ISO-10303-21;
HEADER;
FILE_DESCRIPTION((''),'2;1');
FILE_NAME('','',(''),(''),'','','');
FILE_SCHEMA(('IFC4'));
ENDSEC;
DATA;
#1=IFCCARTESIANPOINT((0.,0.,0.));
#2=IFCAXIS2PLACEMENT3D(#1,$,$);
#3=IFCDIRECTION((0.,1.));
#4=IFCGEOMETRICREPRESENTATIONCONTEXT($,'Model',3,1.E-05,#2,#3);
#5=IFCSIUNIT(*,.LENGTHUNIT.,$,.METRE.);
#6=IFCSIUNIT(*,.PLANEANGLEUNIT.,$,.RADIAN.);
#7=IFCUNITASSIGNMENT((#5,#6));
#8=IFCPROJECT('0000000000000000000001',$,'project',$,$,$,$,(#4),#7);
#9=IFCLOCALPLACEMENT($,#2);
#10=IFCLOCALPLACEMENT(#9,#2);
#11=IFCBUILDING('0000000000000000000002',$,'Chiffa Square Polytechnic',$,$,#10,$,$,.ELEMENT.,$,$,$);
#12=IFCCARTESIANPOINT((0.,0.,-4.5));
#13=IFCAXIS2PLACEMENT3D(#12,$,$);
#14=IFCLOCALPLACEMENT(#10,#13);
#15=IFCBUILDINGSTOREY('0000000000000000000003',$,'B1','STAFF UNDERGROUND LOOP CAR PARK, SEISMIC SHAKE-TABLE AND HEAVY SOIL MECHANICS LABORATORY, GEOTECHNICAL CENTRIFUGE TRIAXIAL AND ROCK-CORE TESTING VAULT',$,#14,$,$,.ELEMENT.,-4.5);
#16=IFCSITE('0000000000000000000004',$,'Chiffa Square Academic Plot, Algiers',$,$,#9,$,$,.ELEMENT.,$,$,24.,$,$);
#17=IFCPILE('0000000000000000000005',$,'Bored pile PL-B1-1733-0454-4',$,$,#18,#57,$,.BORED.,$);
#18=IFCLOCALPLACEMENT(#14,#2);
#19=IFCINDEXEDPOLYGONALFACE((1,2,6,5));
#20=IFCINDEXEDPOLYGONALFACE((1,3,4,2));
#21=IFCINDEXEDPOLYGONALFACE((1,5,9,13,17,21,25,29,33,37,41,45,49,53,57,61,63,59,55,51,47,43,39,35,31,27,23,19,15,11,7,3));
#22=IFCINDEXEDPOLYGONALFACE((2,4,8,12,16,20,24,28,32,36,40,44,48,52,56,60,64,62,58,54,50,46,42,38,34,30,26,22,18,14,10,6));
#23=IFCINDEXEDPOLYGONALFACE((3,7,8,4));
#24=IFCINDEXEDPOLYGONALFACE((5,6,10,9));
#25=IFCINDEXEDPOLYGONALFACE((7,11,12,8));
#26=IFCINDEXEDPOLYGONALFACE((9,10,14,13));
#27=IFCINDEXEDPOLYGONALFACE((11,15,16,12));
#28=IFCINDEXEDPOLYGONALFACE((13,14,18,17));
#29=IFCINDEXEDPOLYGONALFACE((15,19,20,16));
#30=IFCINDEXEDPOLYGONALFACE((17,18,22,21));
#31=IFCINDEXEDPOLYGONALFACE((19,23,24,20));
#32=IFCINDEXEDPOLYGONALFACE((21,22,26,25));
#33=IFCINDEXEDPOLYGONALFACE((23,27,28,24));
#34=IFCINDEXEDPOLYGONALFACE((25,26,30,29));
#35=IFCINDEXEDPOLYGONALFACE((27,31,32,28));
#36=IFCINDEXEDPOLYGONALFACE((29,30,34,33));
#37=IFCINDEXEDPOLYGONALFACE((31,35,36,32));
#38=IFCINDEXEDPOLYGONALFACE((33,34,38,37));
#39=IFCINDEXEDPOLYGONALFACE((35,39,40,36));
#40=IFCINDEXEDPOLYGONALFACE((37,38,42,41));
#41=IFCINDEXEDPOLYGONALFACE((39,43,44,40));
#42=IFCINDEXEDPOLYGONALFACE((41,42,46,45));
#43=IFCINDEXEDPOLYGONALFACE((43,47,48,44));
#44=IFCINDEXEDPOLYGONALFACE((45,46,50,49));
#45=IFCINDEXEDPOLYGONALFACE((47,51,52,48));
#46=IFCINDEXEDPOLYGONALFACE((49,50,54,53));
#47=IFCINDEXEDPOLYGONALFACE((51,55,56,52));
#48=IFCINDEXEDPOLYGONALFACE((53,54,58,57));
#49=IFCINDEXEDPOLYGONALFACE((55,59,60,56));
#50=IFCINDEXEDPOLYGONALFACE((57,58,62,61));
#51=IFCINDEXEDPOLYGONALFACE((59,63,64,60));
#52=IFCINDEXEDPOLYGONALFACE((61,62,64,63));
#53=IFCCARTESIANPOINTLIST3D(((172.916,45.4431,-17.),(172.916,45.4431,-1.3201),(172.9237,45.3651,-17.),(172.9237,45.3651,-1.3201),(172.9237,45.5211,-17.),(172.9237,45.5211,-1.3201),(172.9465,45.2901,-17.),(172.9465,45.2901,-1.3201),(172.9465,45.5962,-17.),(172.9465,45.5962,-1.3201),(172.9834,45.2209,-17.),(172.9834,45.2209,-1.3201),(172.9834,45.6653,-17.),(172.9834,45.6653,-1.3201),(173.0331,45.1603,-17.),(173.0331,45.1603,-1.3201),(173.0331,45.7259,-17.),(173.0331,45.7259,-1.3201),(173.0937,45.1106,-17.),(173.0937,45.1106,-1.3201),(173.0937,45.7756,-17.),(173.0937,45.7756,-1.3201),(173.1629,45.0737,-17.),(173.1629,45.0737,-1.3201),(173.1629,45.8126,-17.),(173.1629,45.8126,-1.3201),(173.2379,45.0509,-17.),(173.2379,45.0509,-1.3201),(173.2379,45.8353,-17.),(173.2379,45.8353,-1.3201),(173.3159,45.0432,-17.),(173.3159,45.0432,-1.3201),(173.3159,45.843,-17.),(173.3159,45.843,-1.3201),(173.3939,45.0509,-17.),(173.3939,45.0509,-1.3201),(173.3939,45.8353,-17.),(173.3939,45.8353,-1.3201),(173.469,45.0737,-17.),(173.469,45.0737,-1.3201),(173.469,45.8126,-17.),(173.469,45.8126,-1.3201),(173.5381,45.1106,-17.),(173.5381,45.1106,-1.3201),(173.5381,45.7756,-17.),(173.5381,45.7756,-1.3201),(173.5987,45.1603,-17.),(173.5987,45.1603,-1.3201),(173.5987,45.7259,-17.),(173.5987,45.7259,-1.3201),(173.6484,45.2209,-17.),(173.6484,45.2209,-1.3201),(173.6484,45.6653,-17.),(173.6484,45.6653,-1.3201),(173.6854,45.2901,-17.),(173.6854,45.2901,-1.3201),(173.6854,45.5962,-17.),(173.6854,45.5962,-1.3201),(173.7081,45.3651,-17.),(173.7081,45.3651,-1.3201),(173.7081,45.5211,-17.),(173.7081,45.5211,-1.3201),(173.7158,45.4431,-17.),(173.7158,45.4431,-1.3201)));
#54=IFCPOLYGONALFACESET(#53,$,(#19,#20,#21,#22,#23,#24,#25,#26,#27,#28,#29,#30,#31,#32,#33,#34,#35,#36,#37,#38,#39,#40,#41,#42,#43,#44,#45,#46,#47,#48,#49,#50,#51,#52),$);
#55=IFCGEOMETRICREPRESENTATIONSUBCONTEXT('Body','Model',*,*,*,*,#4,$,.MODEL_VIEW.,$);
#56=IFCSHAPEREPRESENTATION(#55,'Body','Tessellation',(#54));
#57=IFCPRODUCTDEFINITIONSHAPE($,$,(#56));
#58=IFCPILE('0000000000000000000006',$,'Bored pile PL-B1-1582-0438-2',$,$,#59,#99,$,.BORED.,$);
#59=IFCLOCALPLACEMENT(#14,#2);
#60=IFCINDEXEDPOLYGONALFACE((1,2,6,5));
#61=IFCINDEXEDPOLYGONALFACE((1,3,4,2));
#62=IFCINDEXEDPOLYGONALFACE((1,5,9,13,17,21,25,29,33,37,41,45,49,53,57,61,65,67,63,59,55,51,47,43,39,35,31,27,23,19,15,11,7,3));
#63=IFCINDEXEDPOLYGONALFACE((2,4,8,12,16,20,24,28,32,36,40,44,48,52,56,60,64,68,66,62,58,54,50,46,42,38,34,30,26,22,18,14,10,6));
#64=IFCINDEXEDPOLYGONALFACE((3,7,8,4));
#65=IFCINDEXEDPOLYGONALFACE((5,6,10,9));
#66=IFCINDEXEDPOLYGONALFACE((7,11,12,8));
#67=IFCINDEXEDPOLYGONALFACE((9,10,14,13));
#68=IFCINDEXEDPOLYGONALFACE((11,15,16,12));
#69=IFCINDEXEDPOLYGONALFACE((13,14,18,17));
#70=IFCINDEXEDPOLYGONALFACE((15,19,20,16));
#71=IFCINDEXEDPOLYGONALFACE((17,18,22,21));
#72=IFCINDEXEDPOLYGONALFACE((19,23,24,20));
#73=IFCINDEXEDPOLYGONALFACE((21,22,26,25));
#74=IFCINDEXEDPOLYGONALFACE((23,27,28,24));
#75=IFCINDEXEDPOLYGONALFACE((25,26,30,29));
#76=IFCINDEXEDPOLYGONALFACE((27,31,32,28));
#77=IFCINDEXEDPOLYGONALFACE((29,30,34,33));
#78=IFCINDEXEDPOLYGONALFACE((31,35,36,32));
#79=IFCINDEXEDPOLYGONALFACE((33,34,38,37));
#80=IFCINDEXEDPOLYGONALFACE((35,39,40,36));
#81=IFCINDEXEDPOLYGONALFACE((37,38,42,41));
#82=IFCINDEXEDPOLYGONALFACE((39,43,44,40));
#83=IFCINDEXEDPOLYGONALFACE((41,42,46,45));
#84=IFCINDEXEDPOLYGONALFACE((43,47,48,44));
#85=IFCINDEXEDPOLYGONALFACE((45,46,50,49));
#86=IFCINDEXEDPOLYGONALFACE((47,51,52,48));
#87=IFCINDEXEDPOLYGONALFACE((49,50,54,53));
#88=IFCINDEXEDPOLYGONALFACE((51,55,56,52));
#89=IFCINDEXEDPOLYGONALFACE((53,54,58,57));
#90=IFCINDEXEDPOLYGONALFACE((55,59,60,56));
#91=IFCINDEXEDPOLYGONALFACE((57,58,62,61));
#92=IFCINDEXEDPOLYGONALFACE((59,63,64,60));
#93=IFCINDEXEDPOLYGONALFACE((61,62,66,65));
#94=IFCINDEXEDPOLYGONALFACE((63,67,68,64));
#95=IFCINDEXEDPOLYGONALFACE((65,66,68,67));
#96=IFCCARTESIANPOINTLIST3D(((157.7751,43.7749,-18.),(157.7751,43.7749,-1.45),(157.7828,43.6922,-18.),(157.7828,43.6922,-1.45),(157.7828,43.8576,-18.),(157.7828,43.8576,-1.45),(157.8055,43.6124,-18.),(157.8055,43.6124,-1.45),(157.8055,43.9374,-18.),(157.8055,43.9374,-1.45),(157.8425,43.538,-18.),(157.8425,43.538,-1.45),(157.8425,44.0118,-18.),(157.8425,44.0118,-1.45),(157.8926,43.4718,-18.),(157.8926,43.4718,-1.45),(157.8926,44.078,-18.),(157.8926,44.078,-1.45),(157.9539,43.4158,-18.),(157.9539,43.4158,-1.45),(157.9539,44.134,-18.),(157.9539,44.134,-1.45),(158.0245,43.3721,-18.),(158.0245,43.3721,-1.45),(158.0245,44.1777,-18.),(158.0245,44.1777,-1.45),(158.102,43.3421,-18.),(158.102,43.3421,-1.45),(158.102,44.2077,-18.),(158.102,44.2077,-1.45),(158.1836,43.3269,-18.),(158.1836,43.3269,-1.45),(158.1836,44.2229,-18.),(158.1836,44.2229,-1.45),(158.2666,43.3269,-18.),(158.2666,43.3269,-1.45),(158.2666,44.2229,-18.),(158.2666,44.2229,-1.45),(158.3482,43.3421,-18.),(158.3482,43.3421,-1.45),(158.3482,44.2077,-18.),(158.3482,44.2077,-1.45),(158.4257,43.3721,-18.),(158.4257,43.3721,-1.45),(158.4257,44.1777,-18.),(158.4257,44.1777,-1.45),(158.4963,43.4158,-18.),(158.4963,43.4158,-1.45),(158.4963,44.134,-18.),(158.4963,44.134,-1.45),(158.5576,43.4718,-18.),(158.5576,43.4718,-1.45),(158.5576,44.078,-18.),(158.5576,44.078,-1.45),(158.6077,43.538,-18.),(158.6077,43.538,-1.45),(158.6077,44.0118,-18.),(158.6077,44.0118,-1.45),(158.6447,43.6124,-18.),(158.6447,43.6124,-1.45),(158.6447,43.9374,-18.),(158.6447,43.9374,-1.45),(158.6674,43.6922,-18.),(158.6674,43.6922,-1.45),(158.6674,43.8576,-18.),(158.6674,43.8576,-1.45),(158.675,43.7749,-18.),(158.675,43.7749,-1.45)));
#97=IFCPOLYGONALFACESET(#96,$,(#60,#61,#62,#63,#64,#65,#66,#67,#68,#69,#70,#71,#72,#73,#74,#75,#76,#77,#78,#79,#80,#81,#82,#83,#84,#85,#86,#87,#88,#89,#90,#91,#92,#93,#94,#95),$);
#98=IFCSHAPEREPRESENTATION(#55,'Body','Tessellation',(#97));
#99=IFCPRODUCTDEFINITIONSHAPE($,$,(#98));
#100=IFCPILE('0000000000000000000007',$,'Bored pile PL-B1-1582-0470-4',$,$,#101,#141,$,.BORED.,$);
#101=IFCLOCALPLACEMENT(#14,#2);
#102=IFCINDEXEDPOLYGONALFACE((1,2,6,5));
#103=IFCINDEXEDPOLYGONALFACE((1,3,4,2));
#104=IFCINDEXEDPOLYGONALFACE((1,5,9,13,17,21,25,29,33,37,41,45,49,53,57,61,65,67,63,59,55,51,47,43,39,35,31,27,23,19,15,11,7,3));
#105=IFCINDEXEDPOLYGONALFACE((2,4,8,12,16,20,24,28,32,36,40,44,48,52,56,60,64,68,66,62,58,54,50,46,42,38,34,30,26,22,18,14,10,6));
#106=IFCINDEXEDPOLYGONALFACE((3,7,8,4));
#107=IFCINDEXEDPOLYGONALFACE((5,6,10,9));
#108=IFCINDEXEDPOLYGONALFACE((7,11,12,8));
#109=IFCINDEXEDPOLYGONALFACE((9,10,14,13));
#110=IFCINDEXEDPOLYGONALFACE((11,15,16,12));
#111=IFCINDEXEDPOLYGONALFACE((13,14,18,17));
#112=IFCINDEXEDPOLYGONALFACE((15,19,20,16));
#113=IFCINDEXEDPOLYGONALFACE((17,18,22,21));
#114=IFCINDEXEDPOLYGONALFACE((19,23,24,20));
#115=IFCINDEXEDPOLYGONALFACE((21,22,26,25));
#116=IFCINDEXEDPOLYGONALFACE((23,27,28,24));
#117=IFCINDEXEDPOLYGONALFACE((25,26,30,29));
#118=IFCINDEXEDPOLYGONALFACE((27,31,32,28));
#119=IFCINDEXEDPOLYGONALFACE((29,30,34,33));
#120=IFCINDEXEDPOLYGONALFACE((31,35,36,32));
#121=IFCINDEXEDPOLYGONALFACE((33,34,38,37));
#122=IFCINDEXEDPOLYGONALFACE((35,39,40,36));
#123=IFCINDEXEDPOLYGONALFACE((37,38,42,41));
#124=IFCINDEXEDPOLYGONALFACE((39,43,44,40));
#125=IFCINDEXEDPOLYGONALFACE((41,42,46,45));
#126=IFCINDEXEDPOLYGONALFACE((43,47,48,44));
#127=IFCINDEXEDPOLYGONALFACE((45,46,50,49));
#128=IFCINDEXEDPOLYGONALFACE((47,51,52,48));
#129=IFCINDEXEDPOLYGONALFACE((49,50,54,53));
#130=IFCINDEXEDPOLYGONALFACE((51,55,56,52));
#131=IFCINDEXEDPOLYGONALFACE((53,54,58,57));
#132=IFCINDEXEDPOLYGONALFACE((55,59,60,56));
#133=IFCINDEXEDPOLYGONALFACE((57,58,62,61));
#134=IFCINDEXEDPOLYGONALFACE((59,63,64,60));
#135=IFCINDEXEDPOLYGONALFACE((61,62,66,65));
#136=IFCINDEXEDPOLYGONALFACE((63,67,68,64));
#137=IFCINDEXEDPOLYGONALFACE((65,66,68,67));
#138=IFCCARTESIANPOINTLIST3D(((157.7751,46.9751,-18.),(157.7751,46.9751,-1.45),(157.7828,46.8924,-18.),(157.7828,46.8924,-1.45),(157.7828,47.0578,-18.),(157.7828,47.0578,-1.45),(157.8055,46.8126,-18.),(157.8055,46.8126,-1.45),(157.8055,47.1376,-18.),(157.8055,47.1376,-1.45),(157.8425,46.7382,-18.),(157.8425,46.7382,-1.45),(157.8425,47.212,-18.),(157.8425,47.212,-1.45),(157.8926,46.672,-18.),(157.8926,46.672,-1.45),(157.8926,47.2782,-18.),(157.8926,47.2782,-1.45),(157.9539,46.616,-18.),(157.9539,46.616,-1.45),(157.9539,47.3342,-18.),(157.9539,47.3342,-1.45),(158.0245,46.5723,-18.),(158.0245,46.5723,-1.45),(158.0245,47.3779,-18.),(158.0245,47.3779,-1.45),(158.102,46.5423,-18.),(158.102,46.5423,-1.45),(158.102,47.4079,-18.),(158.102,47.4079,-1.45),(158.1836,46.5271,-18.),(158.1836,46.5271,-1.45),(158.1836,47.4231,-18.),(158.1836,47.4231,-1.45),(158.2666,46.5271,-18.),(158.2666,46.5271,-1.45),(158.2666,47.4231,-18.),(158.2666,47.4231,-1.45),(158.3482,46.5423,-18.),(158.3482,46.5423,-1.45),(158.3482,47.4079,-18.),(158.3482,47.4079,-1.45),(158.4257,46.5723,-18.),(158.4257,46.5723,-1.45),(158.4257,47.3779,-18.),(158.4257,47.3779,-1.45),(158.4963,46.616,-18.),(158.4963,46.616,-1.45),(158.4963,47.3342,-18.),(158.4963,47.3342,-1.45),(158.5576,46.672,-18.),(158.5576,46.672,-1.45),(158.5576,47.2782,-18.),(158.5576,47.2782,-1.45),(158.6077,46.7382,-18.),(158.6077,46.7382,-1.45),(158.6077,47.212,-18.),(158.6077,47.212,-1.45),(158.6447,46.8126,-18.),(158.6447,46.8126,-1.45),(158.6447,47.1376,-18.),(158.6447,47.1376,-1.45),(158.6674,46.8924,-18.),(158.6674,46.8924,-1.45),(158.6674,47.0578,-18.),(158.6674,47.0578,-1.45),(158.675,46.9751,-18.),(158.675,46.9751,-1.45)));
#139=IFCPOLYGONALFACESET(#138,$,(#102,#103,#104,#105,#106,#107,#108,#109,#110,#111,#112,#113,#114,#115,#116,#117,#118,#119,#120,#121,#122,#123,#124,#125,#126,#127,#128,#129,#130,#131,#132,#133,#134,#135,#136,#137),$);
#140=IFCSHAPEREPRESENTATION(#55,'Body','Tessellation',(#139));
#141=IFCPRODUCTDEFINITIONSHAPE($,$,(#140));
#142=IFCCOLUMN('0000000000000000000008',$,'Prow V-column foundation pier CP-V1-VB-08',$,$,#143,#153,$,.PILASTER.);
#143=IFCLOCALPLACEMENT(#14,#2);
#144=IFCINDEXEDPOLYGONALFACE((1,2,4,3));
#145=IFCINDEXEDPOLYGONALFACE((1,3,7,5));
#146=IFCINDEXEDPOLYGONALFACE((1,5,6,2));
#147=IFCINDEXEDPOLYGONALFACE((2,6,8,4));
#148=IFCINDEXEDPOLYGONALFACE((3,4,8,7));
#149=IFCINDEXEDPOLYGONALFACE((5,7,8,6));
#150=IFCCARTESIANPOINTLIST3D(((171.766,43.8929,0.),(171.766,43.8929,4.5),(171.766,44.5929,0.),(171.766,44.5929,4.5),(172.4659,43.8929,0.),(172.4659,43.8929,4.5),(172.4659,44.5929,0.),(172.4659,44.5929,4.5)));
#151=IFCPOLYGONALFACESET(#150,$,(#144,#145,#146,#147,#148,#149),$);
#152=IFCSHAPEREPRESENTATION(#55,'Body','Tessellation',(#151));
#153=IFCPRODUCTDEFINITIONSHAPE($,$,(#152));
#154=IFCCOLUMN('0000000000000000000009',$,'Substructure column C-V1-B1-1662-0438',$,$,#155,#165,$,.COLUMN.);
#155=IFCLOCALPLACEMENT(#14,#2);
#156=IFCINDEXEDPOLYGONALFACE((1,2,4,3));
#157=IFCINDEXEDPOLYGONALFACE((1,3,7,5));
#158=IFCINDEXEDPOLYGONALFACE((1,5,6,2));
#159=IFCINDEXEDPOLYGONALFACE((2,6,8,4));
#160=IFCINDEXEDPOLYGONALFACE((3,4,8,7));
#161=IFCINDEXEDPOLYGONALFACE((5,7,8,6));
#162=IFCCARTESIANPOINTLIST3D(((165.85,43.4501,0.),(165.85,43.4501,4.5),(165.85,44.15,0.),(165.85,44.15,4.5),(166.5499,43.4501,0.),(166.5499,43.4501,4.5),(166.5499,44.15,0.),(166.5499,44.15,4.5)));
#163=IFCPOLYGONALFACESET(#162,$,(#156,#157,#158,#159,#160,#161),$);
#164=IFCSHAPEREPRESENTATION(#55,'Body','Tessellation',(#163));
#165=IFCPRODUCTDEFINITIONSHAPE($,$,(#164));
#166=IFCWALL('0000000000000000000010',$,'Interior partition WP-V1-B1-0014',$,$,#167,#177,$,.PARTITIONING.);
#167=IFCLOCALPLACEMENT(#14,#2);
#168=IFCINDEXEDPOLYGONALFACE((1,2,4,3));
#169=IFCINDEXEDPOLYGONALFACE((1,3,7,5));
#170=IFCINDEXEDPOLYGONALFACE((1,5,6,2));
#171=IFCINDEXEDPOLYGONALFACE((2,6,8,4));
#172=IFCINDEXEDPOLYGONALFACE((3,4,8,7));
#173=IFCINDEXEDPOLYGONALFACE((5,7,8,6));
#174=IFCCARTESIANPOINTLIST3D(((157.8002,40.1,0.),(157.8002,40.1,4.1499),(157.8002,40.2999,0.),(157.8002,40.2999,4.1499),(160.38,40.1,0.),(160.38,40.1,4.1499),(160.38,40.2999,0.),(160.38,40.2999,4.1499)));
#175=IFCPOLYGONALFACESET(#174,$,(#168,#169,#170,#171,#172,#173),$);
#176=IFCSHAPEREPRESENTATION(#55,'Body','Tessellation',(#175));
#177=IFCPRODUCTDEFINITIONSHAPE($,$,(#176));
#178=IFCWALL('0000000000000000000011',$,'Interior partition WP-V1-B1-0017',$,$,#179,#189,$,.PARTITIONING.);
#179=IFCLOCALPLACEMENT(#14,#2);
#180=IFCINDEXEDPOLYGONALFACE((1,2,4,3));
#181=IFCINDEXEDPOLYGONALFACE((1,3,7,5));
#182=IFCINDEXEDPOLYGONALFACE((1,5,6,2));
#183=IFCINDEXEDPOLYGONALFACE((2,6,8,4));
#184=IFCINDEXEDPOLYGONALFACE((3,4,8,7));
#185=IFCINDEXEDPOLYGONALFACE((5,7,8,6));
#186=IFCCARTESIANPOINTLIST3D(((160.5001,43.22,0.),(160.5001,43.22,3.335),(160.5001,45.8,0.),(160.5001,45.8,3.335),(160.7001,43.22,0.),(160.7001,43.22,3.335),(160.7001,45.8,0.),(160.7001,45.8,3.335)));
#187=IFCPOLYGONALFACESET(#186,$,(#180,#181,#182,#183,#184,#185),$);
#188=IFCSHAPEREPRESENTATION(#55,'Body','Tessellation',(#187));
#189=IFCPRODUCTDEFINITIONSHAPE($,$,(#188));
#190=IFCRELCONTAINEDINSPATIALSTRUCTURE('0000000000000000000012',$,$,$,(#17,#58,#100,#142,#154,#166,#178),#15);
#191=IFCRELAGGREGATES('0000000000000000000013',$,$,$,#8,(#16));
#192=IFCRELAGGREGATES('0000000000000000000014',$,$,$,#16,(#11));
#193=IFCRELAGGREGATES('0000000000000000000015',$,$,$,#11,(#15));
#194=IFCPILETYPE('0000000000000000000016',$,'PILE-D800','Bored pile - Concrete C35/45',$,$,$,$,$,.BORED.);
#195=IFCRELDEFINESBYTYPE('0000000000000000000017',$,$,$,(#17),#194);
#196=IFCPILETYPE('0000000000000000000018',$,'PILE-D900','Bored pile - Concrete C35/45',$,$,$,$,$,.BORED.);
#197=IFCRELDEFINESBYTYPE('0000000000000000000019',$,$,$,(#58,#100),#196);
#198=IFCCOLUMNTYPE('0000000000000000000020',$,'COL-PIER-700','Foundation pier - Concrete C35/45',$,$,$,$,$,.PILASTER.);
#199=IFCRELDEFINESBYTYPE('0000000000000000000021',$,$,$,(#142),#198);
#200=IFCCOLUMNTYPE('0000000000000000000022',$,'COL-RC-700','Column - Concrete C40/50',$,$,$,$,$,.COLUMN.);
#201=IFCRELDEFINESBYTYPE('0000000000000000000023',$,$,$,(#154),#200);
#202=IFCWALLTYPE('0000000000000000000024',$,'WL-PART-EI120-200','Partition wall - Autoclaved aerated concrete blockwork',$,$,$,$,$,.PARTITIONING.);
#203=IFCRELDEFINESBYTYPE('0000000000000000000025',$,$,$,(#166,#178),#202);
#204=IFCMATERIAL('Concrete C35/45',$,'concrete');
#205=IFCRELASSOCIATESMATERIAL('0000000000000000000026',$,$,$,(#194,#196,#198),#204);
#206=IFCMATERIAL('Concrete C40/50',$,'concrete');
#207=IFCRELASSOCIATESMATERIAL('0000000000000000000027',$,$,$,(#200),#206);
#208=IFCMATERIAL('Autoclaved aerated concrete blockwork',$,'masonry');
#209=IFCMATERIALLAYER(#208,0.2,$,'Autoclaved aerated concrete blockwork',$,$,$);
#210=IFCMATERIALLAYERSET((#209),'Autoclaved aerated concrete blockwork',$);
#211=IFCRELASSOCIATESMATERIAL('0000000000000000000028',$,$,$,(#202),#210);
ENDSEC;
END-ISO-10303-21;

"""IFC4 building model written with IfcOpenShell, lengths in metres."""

from ifc_helpers import new_model, si_unit, direction, frame, frame_2d, origin, origin_2d, place, context, subcontext, project, spatial, rectangle, circle, extrude, material, layer, layer_set, material_profile, profile_set, type_object, element, save


model = new_model("IFC4")

# Units and contexts
model_context = context("Model", 3, precision=1e-05, world=origin(), true_north=direction((0.0, 1.0)))
body_context = subcontext(model_context, "Body", "Model", "MODEL_VIEW")
ifc_project = project(units=[si_unit("LENGTHUNIT", "METRE"), si_unit("PLANEANGLEUNIT", "RADIAN")], contexts=[model_context])

# Site, building, storey
site_placement = place(None, origin())
site = spatial("IfcSite", under=ifc_project, at=site_placement, Name="Chiffa Square Academic Plot, Algiers", CompositionType="ELEMENT", RefElevation=24.0)
building_placement = place(site_placement, origin())
building = spatial("IfcBuilding", under=site, at=building_placement, Name="Chiffa Square Polytechnic", CompositionType="ELEMENT")
storey_placement = place(building_placement, frame((0.0, 0.0, -4.5)))
storey = spatial("IfcBuildingStorey", under=building, at=storey_placement, Name="B1", Description="STAFF UNDERGROUND LOOP CAR PARK, SEISMIC SHAKE-TABLE AND HEAVY SOIL MECHANICS LABORATORY, GEOTECHNICAL CENTRIFUGE TRIAXIAL AND ROCK-CORE TESTING VAULT", CompositionType="ELEMENT", Elevation=-4.5)

# Shared definitions
ifc_material_1 = material(Name="Concrete C35/45", Category="concrete")

# Piles
ifc_material_profile_1 = material_profile(ifc_material_1, circle(Radius=0.3999, at=origin_2d()), Name="PILE D800")
ifc_profile_set_1 = profile_set([ifc_material_profile_1], Name="Concrete C35/45")
pile_type_1 = type_object("IfcPileType", Name="PILE-D800", Description="Bored pile - Concrete C35/45", PredefinedType="BORED", material=ifc_profile_set_1)
for number, where, z_axis, x_axis, name in (
    (1, (173.3159, 45.4431, -1.3201), (0.0, 0.0, -1.0), (1.0, 0.0, 0.0), "Bored pile PL-B1-1733-0454-4"),
):
    element("IfcPile", number, at=place(storey_placement, frame(where, z_axis=z_axis, x_axis=x_axis)), inside=storey, type_object=pile_type_1, Name=name, PredefinedType="BORED", context=body_context, shape_type="SweptSolid", body=[
        extrude(circle(Radius=0.3999, at=origin_2d()), origin(), (0.0, 0.0, 1.0), 15.6799),
    ])
ifc_material_profile_2 = material_profile(ifc_material_1, circle(Radius=0.45, at=origin_2d()), Name="PILE D900")
ifc_profile_set_2 = profile_set([ifc_material_profile_2], Name="Concrete C35/45")
pile_type_2 = type_object("IfcPileType", Name="PILE-D900", Description="Bored pile - Concrete C35/45", PredefinedType="BORED", material=ifc_profile_set_2)
for number, where, z_axis, x_axis, name in (
    (2, (158.2251, 43.7749, -1.45), (0.0, 0.0, -1.0), (1.0, 0.0, 0.0), "Bored pile PL-B1-1582-0438-2"),
    (3, (158.2251, 46.9751, -1.45), (0.0, 0.0, -1.0), (1.0, 0.0, 0.0), "Bored pile PL-B1-1582-0470-4"),
):
    element("IfcPile", number, at=place(storey_placement, frame(where, z_axis=z_axis, x_axis=x_axis)), inside=storey, type_object=pile_type_2, Name=name, PredefinedType="BORED", context=body_context, shape_type="SweptSolid", body=[
        extrude(circle(Radius=0.45, at=origin_2d()), origin(), (0.0, 0.0, 1.0), 16.55),
    ])

# Columns
ifc_material_profile_3 = material_profile(ifc_material_1, rectangle(XDim=0.7, YDim=0.7, at=origin_2d()), Name="RC 700x700")
ifc_profile_set_3 = profile_set([ifc_material_profile_3], Name="Concrete C35/45")
column_type_1 = type_object("IfcColumnType", Name="COL-PIER-700", Description="Foundation pier - Concrete C35/45", PredefinedType="PILASTER", material=ifc_profile_set_3)
column_1_placement = place(storey_placement, frame((172.116, 44.2429, 0.0), z_axis=(0.0, 0.0, 1.0), x_axis=(1.0, 0.0, 0.0)))
element("IfcColumn", 4, at=column_1_placement, inside=storey, type_object=column_type_1, Name="Prow V-column foundation pier CP-V1-VB-08", PredefinedType="PILASTER", context=body_context, shape_type="SweptSolid", body=[
    extrude(rectangle(XDim=0.7, YDim=0.7, at=origin_2d()), origin(), (0.0, 0.0, 1.0), 4.5),
])
ifc_material_2 = material(Name="Concrete C40/50", Category="concrete")
ifc_material_profile_4 = material_profile(ifc_material_2, rectangle(XDim=0.7, YDim=0.7, at=origin_2d()), Name="RC 700x700")
ifc_profile_set_4 = profile_set([ifc_material_profile_4], Name="Concrete C40/50")
column_type_2 = type_object("IfcColumnType", Name="COL-RC-700", Description="Column - Concrete C40/50", PredefinedType="COLUMN", material=ifc_profile_set_4)
column_2_placement = place(storey_placement, frame((166.2, 43.8, 0.0), z_axis=(0.0, 0.0, 1.0), x_axis=(1.0, 0.0, 0.0)))
element("IfcColumn", 5, at=column_2_placement, inside=storey, type_object=column_type_2, Name="Substructure column C-V1-B1-1662-0438", PredefinedType="COLUMN", context=body_context, shape_type="SweptSolid", body=[
    extrude(rectangle(XDim=0.7, YDim=0.7, at=origin_2d()), origin(), (0.0, 0.0, 1.0), 4.5),
])

# Shared definitions
ifc_material_3 = material(Name="Autoclaved aerated concrete blockwork", Category="masonry")
ifc_layer_1 = layer(ifc_material_3, 0.2, Name="Autoclaved aerated concrete blockwork")
ifc_layer_set_1 = layer_set([ifc_layer_1], Name="Autoclaved aerated concrete blockwork")
wall_type_1 = type_object("IfcWallType", Name="WL-PART-EI120-200", Description="Partition wall - Autoclaved aerated concrete blockwork", PredefinedType="PARTITIONING", material=ifc_layer_set_1)

# Walls
wall_1_placement = place(storey_placement, frame((157.8, 40.2, 0.0), z_axis=(0.0, 0.0, 1.0), x_axis=(1.0, 0.0, 0.0)))
element("IfcWall", 6, at=wall_1_placement, inside=storey, type_object=wall_type_1, Name="Interior partition WP-V1-B1-0014", PredefinedType="PARTITIONING", context=body_context, shape_type="SweptSolid", body=[
    extrude(rectangle(XDim=2.5798, YDim=0.2, at=frame_2d((1.29, 0.0))), origin(), (0.0, 0.0, 1.0), 4.1499),
])
wall_2_placement = place(storey_placement, frame((160.6001, 43.22, 0.0), z_axis=(0.0, 0.0, 1.0), x_axis=(0.0, 1.0, 0.0)))
element("IfcWall", 7, at=wall_2_placement, inside=storey, type_object=wall_type_1, Name="Interior partition WP-V1-B1-0017", PredefinedType="PARTITIONING", context=body_context, shape_type="SweptSolid", body=[
    extrude(rectangle(XDim=2.5801, YDim=0.2, at=frame_2d((1.29, 0.0))), origin(), (0.0, 0.0, 1.0), 3.335),
])

save(model, "model.ifc")
